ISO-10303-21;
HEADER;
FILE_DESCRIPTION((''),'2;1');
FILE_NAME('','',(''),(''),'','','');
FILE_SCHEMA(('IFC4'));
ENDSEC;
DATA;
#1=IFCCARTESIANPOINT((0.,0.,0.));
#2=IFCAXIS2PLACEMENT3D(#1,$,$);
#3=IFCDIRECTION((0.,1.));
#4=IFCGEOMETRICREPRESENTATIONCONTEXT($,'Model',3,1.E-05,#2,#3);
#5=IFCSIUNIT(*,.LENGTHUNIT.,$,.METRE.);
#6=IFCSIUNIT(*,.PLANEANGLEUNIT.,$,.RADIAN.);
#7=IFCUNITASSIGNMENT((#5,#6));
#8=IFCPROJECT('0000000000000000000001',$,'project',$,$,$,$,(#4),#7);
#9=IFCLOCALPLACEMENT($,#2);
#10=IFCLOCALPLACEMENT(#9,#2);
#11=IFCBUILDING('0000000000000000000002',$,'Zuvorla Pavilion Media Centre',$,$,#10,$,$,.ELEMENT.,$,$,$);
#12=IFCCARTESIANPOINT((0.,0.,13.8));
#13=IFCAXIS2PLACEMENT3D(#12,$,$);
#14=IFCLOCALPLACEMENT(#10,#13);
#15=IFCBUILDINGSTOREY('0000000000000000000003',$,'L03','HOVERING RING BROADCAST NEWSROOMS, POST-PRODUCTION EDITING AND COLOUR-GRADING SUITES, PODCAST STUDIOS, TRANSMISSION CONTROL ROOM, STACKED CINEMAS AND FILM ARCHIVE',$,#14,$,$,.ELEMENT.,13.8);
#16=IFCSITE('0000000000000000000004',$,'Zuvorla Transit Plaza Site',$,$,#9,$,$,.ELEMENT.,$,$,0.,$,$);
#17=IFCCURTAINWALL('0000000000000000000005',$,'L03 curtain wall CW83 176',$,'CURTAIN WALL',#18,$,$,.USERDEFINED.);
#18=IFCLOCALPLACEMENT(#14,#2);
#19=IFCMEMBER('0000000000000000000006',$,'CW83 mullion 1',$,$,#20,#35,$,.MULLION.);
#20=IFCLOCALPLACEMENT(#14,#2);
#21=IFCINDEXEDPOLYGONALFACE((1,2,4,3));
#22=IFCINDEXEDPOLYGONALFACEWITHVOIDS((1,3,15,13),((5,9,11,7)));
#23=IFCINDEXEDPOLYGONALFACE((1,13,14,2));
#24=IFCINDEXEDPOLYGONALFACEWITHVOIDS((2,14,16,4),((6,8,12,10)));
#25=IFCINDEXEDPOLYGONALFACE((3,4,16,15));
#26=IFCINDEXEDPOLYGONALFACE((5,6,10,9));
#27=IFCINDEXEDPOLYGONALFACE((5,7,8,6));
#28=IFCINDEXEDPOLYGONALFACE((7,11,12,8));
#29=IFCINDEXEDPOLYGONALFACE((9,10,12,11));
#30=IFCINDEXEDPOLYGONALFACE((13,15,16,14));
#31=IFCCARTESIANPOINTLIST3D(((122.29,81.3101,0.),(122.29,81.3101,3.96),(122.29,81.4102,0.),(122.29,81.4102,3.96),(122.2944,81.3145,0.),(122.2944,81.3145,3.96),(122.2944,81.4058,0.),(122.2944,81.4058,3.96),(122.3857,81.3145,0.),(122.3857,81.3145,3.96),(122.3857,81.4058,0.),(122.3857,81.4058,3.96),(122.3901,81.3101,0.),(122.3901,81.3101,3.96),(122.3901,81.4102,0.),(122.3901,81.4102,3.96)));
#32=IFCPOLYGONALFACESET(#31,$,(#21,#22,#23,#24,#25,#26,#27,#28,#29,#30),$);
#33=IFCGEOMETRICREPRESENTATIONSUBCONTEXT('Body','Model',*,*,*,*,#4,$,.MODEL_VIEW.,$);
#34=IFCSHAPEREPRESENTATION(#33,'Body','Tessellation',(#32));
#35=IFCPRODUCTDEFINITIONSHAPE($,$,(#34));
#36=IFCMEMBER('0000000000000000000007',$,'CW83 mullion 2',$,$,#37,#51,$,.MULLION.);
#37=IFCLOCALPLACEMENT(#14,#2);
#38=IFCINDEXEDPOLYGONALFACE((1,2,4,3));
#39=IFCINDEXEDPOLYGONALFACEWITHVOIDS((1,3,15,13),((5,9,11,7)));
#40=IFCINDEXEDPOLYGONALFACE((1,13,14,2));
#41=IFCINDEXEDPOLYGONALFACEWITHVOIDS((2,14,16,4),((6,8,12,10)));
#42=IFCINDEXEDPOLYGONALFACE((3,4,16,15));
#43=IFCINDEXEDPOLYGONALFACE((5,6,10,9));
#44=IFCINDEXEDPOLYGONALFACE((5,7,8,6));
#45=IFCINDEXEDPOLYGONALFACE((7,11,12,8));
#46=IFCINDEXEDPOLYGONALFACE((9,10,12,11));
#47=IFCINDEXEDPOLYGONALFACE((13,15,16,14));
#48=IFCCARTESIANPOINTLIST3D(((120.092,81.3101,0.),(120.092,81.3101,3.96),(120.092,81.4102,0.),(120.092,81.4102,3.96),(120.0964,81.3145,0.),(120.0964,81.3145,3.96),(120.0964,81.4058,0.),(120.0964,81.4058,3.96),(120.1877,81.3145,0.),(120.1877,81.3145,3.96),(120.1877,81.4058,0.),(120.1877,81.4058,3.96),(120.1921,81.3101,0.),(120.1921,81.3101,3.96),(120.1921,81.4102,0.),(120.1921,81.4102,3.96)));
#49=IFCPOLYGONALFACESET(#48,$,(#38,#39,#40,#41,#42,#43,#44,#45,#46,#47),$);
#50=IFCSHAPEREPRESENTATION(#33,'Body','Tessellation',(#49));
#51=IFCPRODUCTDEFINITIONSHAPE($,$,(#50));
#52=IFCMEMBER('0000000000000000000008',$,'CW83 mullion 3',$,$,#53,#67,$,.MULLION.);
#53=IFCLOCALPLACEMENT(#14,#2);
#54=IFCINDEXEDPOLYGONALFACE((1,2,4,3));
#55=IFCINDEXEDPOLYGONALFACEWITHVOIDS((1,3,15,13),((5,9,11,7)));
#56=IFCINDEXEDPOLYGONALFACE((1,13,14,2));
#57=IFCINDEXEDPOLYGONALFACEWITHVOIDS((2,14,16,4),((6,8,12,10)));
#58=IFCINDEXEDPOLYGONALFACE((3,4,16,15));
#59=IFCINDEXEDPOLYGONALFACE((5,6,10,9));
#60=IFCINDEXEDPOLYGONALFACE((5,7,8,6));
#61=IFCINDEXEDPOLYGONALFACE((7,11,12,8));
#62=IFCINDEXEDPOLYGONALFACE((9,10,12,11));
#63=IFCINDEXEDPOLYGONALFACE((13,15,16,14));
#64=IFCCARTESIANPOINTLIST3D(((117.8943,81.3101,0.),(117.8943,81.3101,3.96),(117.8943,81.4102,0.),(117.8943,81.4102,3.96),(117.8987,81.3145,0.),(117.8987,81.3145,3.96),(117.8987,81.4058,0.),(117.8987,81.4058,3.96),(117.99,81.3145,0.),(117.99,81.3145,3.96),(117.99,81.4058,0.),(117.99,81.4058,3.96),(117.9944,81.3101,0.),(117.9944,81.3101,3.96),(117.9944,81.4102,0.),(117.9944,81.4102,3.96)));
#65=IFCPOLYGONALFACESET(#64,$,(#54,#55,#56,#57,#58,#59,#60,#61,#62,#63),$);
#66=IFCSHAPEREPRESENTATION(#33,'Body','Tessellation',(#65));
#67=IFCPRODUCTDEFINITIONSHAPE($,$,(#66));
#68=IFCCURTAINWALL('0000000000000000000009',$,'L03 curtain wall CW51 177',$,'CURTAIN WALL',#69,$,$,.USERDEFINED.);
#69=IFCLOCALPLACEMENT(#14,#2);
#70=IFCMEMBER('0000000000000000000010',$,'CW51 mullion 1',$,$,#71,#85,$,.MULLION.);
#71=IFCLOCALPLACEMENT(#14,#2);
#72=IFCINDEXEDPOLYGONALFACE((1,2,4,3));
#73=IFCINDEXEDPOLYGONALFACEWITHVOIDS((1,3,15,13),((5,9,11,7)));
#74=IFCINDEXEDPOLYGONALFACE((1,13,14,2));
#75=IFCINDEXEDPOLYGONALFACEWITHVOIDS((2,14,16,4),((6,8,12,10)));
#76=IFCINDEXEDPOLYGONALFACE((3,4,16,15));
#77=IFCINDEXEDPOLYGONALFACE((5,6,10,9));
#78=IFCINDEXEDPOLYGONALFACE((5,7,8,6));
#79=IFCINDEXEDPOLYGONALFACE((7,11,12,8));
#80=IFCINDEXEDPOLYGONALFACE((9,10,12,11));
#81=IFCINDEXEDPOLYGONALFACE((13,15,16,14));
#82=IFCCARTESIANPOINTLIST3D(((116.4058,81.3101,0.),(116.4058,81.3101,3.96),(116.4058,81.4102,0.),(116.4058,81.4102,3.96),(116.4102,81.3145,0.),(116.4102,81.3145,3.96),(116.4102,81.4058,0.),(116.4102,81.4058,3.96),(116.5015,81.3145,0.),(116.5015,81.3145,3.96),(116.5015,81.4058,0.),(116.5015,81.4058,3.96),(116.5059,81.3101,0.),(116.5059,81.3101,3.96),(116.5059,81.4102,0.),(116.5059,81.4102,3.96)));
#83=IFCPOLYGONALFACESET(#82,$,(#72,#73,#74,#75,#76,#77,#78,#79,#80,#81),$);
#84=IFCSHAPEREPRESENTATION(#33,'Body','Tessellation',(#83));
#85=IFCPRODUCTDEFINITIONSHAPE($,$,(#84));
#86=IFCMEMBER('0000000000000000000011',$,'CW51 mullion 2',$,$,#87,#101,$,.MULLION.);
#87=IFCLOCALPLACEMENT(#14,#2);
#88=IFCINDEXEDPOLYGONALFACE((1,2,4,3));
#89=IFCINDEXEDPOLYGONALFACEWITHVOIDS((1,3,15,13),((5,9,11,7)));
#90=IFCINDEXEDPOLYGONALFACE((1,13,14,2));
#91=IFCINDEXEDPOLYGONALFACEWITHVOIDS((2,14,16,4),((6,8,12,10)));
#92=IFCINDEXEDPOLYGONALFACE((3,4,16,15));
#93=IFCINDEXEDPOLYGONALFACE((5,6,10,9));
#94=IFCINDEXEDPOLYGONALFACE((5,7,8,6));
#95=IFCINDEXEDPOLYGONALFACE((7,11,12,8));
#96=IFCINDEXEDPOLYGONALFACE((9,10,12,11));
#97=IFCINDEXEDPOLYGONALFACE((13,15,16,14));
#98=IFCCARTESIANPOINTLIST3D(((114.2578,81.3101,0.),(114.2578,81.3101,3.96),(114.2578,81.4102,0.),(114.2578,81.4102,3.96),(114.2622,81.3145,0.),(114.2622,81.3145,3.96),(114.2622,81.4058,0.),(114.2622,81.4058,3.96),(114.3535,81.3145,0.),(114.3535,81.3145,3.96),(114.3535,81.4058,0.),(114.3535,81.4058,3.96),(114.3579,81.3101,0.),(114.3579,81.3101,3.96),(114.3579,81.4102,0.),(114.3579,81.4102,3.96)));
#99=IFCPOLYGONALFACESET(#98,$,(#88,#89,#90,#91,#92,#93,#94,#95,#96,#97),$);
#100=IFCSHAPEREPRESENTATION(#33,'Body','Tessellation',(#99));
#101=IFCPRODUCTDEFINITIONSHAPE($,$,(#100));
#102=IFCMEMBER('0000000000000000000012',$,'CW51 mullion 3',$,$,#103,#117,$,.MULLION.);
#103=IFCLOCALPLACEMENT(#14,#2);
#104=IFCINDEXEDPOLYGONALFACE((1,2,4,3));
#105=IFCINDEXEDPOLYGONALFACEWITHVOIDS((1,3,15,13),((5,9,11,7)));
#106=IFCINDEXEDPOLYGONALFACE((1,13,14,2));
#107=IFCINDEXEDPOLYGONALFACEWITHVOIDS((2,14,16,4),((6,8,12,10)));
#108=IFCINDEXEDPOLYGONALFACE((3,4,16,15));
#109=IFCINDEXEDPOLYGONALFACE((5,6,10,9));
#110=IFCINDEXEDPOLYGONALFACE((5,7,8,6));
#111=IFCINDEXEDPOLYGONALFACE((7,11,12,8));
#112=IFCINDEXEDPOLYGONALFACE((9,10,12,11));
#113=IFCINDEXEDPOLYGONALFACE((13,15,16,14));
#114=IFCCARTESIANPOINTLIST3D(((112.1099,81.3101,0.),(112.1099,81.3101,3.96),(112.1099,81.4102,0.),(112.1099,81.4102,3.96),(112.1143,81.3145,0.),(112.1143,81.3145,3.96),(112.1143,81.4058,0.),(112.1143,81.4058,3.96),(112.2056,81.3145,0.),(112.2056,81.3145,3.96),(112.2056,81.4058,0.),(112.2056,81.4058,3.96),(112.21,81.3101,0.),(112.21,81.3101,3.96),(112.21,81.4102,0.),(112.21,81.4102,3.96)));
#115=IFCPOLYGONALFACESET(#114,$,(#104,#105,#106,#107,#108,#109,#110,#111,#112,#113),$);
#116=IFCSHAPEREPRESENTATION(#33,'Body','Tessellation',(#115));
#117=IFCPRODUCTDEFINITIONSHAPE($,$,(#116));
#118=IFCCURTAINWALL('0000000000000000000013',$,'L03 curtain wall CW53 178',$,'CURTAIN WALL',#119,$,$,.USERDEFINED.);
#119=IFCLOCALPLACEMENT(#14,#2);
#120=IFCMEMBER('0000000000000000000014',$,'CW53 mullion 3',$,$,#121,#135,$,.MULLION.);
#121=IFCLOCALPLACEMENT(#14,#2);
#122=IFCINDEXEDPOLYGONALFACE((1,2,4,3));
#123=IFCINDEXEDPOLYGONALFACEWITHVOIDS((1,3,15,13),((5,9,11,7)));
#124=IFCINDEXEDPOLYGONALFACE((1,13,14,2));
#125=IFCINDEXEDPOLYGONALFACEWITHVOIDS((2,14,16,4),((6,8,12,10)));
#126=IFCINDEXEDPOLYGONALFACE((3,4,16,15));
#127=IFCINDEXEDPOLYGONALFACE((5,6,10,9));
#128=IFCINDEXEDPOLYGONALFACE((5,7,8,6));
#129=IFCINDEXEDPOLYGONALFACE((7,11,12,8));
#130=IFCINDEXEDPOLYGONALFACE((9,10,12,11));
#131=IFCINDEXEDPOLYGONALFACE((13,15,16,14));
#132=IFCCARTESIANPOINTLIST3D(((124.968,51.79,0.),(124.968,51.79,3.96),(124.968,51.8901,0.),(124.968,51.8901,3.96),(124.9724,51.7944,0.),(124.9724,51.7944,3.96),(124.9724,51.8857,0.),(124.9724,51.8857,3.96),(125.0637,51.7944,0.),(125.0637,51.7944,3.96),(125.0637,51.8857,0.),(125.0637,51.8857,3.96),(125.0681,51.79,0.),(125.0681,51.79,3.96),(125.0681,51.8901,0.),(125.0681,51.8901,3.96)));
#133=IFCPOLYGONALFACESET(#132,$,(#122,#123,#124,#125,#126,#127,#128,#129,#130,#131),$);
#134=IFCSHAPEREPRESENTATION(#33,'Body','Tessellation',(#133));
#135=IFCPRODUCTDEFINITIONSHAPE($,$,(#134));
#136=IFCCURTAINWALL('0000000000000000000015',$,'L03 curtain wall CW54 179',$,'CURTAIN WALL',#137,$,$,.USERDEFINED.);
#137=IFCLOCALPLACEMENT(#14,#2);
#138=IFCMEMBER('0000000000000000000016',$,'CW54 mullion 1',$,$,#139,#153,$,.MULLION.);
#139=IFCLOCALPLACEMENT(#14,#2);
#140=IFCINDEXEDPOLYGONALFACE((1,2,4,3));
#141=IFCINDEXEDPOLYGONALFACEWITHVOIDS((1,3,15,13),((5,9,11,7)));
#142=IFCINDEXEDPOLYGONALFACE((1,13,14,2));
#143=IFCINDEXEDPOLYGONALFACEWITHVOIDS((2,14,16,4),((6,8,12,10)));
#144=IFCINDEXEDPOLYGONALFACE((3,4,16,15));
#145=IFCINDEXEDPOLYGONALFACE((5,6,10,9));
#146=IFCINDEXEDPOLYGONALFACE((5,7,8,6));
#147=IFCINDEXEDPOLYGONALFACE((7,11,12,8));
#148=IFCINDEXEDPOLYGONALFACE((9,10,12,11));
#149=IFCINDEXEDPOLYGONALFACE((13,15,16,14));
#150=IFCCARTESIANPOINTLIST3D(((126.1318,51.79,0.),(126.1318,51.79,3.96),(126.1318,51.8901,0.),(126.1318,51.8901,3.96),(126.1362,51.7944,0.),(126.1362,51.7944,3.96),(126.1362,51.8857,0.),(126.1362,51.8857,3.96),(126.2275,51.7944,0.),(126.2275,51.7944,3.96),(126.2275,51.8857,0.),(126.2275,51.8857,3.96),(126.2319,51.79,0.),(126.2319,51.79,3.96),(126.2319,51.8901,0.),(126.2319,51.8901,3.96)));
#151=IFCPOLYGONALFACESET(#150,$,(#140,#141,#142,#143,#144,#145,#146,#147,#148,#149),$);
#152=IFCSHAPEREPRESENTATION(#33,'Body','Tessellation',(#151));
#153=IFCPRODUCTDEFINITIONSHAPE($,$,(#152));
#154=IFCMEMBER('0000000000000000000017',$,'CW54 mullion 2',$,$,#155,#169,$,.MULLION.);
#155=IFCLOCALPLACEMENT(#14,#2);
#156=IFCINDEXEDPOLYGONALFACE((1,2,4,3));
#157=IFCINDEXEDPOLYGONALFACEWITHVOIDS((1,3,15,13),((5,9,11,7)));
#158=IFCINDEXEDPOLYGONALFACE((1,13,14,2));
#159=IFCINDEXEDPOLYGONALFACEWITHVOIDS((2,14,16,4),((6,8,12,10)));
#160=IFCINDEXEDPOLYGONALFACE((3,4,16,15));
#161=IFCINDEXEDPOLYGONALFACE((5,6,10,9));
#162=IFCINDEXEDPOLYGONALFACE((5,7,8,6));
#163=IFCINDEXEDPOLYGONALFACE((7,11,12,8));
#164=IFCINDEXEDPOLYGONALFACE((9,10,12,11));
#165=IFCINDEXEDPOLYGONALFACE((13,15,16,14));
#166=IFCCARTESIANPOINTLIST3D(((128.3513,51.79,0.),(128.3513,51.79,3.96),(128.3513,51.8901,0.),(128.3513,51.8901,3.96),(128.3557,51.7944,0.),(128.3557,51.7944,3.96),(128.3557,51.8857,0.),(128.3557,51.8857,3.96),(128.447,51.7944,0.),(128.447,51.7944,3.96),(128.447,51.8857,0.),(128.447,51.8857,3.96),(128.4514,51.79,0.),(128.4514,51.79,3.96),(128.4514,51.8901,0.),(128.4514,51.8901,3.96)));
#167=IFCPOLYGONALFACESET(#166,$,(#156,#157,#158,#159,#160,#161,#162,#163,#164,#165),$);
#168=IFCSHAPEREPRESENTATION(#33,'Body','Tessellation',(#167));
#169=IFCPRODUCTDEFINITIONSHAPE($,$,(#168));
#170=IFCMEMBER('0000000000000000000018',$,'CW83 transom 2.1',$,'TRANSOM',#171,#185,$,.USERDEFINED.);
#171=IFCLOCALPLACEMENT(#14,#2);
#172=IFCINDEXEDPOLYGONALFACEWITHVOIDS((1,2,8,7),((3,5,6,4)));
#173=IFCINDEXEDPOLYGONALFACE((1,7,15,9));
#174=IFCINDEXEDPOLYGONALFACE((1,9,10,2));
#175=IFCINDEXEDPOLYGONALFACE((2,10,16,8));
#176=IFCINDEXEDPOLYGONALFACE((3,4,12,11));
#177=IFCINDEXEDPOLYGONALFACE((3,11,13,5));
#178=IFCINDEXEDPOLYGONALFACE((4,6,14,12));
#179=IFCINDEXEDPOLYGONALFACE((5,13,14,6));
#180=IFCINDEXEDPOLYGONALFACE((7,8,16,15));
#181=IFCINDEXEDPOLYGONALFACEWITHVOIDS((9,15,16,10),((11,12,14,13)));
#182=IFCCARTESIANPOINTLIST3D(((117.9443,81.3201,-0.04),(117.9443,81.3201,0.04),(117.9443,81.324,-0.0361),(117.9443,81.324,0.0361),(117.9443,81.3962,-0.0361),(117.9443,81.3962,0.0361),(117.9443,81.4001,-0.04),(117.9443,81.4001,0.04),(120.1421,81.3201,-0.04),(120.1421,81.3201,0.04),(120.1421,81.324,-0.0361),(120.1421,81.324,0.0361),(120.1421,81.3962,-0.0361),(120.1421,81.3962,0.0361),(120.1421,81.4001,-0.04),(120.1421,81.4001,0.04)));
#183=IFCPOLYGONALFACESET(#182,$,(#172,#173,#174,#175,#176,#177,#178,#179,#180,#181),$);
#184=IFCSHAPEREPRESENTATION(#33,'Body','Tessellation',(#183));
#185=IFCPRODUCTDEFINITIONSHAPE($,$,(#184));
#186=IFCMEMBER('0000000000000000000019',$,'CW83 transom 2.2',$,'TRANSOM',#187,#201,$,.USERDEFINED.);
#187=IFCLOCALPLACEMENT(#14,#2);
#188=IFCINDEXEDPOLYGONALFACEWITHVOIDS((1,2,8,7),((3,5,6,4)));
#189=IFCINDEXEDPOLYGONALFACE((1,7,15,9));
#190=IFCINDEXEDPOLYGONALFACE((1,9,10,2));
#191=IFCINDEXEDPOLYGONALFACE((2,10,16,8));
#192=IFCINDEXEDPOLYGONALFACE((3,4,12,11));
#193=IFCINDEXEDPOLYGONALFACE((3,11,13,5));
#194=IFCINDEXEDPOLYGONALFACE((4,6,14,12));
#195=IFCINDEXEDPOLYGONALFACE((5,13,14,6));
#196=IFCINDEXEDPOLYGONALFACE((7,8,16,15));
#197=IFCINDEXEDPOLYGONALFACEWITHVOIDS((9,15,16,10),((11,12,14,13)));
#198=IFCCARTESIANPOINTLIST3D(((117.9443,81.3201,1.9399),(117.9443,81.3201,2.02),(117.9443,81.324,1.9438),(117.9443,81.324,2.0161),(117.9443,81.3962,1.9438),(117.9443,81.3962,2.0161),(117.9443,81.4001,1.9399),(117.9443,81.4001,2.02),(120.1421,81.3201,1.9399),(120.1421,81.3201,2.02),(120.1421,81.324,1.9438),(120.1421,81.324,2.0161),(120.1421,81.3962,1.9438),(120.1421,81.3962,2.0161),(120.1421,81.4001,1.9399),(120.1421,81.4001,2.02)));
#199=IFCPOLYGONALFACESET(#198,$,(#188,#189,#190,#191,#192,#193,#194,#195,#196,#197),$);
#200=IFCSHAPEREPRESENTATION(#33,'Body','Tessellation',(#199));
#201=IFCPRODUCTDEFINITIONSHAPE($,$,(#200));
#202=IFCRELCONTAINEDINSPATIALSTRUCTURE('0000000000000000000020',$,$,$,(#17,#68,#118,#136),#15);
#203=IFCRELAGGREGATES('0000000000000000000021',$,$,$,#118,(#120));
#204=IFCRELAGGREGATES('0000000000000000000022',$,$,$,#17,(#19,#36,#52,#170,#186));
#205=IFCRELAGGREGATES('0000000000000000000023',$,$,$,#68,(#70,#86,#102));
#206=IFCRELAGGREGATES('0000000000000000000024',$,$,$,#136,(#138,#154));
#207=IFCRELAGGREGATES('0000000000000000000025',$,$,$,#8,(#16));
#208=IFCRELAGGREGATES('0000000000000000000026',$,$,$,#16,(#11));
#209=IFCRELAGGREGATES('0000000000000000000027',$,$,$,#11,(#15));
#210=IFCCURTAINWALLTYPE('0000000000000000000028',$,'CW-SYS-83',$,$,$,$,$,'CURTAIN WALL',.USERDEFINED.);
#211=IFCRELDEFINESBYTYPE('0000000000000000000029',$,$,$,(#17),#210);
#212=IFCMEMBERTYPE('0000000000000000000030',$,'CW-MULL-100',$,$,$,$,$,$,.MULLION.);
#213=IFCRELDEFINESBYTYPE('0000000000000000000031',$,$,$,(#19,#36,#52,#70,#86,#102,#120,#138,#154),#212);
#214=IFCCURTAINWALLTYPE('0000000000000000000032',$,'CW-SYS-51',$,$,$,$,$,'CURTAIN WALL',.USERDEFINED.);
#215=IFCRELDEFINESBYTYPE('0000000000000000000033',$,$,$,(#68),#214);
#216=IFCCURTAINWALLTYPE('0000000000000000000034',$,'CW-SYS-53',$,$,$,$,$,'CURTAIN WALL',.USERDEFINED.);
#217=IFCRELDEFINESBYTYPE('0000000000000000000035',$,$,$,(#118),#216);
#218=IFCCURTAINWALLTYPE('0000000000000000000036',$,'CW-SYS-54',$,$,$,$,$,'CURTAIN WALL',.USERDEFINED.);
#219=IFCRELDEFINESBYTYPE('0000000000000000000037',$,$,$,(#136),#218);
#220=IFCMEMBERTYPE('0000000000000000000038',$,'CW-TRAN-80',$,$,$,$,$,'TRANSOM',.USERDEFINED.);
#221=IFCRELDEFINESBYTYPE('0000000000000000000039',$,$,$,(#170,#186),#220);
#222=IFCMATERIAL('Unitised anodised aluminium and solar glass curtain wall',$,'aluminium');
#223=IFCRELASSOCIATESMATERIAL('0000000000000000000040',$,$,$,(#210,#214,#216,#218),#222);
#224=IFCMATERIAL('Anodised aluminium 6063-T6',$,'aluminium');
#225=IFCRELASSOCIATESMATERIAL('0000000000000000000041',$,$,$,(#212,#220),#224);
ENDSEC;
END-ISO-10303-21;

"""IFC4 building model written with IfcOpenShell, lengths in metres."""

from ifc_helpers import new_model, si_unit, direction, frame, origin, origin_2d, place, context, subcontext, project, spatial, hollow_rectangle, extrude, material, material_profile, profile_set, type_object, element, aggregate, save


model = new_model("IFC4")

# Units and contexts
model_context = context("Model", 3, precision=1e-05, world=origin(), true_north=direction((0.0, 1.0)))
body_context = subcontext(model_context, "Body", "Model", "MODEL_VIEW")
ifc_project = project(units=[si_unit("LENGTHUNIT", "METRE"), si_unit("PLANEANGLEUNIT", "RADIAN")], contexts=[model_context])

# Site, building, storey
site_placement = place(None, origin())
site = spatial("IfcSite", under=ifc_project, at=site_placement, Name="Zuvorla Transit Plaza Site", CompositionType="ELEMENT", RefElevation=0.0)
building_placement = place(site_placement, origin())
building = spatial("IfcBuilding", under=site, at=building_placement, Name="Zuvorla Pavilion Media Centre", CompositionType="ELEMENT")
storey_placement = place(building_placement, frame((0.0, 0.0, 13.8)))
storey = spatial("IfcBuildingStorey", under=building, at=storey_placement, Name="L03", Description="HOVERING RING BROADCAST NEWSROOMS, POST-PRODUCTION EDITING AND COLOUR-GRADING SUITES, PODCAST STUDIOS, TRANSMISSION CONTROL ROOM, STACKED CINEMAS AND FILM ARCHIVE", CompositionType="ELEMENT", Elevation=13.8)

# Curtain walls, members
ifc_material_1 = material(Name="Unitised anodised aluminium and solar glass curtain wall", Category="aluminium")
curtain_wall_type_1 = type_object("IfcCurtainWallType", Name="CW-SYS-83", ElementType="CURTAIN WALL", PredefinedType="USERDEFINED", material=ifc_material_1)
curtain_wall_1_placement = place(storey_placement, origin())
curtain_wall_1 = element("IfcCurtainWall", 1, at=curtain_wall_1_placement, inside=storey, type_object=curtain_wall_type_1, Name="L03 curtain wall CW83 176", ObjectType="CURTAIN WALL", PredefinedType="USERDEFINED")
ifc_material_2 = material(Name="Anodised aluminium 6063-T6", Category="aluminium")
ifc_material_profile_1 = material_profile(ifc_material_2, hollow_rectangle(XDim=0.1001, YDim=0.1001, WallThickness=0.0044, at=origin_2d()), Name="ALU MULL 100x100")
ifc_profile_set_1 = profile_set([ifc_material_profile_1], Name="Anodised aluminium 6063-T6")
member_type_1 = type_object("IfcMemberType", Name="CW-MULL-100", PredefinedType="MULLION", material=ifc_profile_set_1)
member_1_placement = place(storey_placement, frame((122.3401, 81.3601, 0.0), z_axis=(0.0, 0.0, 1.0), x_axis=(1.0, 0.0, 0.0)))
member_1 = element("IfcMember", 2, at=member_1_placement, type_object=member_type_1, Name="CW83 mullion 1", PredefinedType="MULLION", context=body_context, shape_type="SweptSolid", body=[
    extrude(hollow_rectangle(XDim=0.1001, YDim=0.1001, WallThickness=0.0044, at=origin_2d()), origin(), (0.0, 0.0, 1.0), 3.96),
])
member_2_placement = place(storey_placement, frame((120.1421, 81.3601, 0.0), z_axis=(0.0, 0.0, 1.0), x_axis=(1.0, 0.0, 0.0)))
member_2 = element("IfcMember", 3, at=member_2_placement, type_object=member_type_1, Name="CW83 mullion 2", PredefinedType="MULLION", context=body_context, shape_type="SweptSolid", body=[
    extrude(hollow_rectangle(XDim=0.1001, YDim=0.1001, WallThickness=0.0044, at=origin_2d()), origin(), (0.0, 0.0, 1.0), 3.96),
])
member_3_placement = place(storey_placement, frame((117.9443, 81.3601, 0.0), z_axis=(0.0, 0.0, 1.0), x_axis=(1.0, 0.0, 0.0)))
member_3 = element("IfcMember", 4, at=member_3_placement, type_object=member_type_1, Name="CW83 mullion 3", PredefinedType="MULLION", context=body_context, shape_type="SweptSolid", body=[
    extrude(hollow_rectangle(XDim=0.1001, YDim=0.1001, WallThickness=0.0044, at=origin_2d()), origin(), (0.0, 0.0, 1.0), 3.96),
])
curtain_wall_type_2 = type_object("IfcCurtainWallType", Name="CW-SYS-51", ElementType="CURTAIN WALL", PredefinedType="USERDEFINED", material=ifc_material_1)
curtain_wall_2_placement = place(storey_placement, origin())
curtain_wall_2 = element("IfcCurtainWall", 5, at=curtain_wall_2_placement, inside=storey, type_object=curtain_wall_type_2, Name="L03 curtain wall CW51 177", ObjectType="CURTAIN WALL", PredefinedType="USERDEFINED")
member_4_placement = place(storey_placement, frame((116.4558, 81.3601, 0.0), z_axis=(0.0, 0.0, 1.0), x_axis=(1.0, 0.0, 0.0)))
member_4 = element("IfcMember", 6, at=member_4_placement, type_object=member_type_1, Name="CW51 mullion 1", PredefinedType="MULLION", context=body_context, shape_type="SweptSolid", body=[
    extrude(hollow_rectangle(XDim=0.1001, YDim=0.1001, WallThickness=0.0044, at=origin_2d()), origin(), (0.0, 0.0, 1.0), 3.96),
])
member_5_placement = place(storey_placement, frame((114.3079, 81.3601, 0.0), z_axis=(0.0, 0.0, 1.0), x_axis=(1.0, 0.0, 0.0)))
member_5 = element("IfcMember", 7, at=member_5_placement, type_object=member_type_1, Name="CW51 mullion 2", PredefinedType="MULLION", context=body_context, shape_type="SweptSolid", body=[
    extrude(hollow_rectangle(XDim=0.1001, YDim=0.1001, WallThickness=0.0044, at=origin_2d()), origin(), (0.0, 0.0, 1.0), 3.96),
])
member_6_placement = place(storey_placement, frame((112.1599, 81.3601, 0.0), z_axis=(0.0, 0.0, 1.0), x_axis=(1.0, 0.0, 0.0)))
member_6 = element("IfcMember", 8, at=member_6_placement, type_object=member_type_1, Name="CW51 mullion 3", PredefinedType="MULLION", context=body_context, shape_type="SweptSolid", body=[
    extrude(hollow_rectangle(XDim=0.1001, YDim=0.1001, WallThickness=0.0044, at=origin_2d()), origin(), (0.0, 0.0, 1.0), 3.96),
])

# Curtain wall, member
curtain_wall_type_3 = type_object("IfcCurtainWallType", Name="CW-SYS-53", ElementType="CURTAIN WALL", PredefinedType="USERDEFINED", material=ifc_material_1)
curtain_wall_3_placement = place(storey_placement, origin())
curtain_wall_3 = element("IfcCurtainWall", 9, at=curtain_wall_3_placement, inside=storey, type_object=curtain_wall_type_3, Name="L03 curtain wall CW53 178", ObjectType="CURTAIN WALL", PredefinedType="USERDEFINED")
member_7_placement = place(storey_placement, frame((125.0181, 51.8401, 0.0), z_axis=(0.0, 0.0, 1.0), x_axis=(1.0, 0.0, 0.0)))
member_7 = element("IfcMember", 10, at=member_7_placement, type_object=member_type_1, Name="CW53 mullion 3", PredefinedType="MULLION", context=body_context, shape_type="SweptSolid", body=[
    extrude(hollow_rectangle(XDim=0.1001, YDim=0.1001, WallThickness=0.0044, at=origin_2d()), origin(), (0.0, 0.0, 1.0), 3.96),
])
aggregate(curtain_wall_3, [member_7])

# Curtain wall, members
curtain_wall_type_4 = type_object("IfcCurtainWallType", Name="CW-SYS-54", ElementType="CURTAIN WALL", PredefinedType="USERDEFINED", material=ifc_material_1)
curtain_wall_4_placement = place(storey_placement, origin())
curtain_wall_4 = element("IfcCurtainWall", 11, at=curtain_wall_4_placement, inside=storey, type_object=curtain_wall_type_4, Name="L03 curtain wall CW54 179", ObjectType="CURTAIN WALL", PredefinedType="USERDEFINED")
member_8_placement = place(storey_placement, frame((126.1819, 51.8401, 0.0), z_axis=(0.0, 0.0, 1.0), x_axis=(1.0, 0.0, 0.0)))
member_8 = element("IfcMember", 12, at=member_8_placement, type_object=member_type_1, Name="CW54 mullion 1", PredefinedType="MULLION", context=body_context, shape_type="SweptSolid", body=[
    extrude(hollow_rectangle(XDim=0.1001, YDim=0.1001, WallThickness=0.0044, at=origin_2d()), origin(), (0.0, 0.0, 1.0), 3.96),
])
member_9_placement = place(storey_placement, frame((128.4014, 51.8401, 0.0), z_axis=(0.0, 0.0, 1.0), x_axis=(1.0, 0.0, 0.0)))
member_9 = element("IfcMember", 13, at=member_9_placement, type_object=member_type_1, Name="CW54 mullion 2", PredefinedType="MULLION", context=body_context, shape_type="SweptSolid", body=[
    extrude(hollow_rectangle(XDim=0.1001, YDim=0.1001, WallThickness=0.0044, at=origin_2d()), origin(), (0.0, 0.0, 1.0), 3.96),
])

# Members
ifc_material_profile_2 = material_profile(ifc_material_2, hollow_rectangle(XDim=0.0801, YDim=0.0801, WallThickness=0.0039, at=origin_2d()), Name="ALU TRAN 80x80")
ifc_profile_set_2 = profile_set([ifc_material_profile_2], Name="Anodised aluminium 6063-T6")
member_type_2 = type_object("IfcMemberType", Name="CW-TRAN-80", ElementType="TRANSOM", PredefinedType="USERDEFINED", material=ifc_profile_set_2)
member_10_placement = place(storey_placement, frame((120.1421, 81.3601, 0.0), z_axis=(-1.0, 0.0, 0.0), x_axis=(0.0, -1.0, 0.0)))
member_10 = element("IfcMember", 14, at=member_10_placement, type_object=member_type_2, Name="CW83 transom 2.1", ObjectType="TRANSOM", PredefinedType="USERDEFINED", context=body_context, shape_type="SweptSolid", body=[
    extrude(hollow_rectangle(XDim=0.0801, YDim=0.0801, WallThickness=0.0039, at=origin_2d()), origin(), (0.0, 0.0, 1.0), 2.1978),
])
member_11_placement = place(storey_placement, frame((120.1421, 81.3601, 1.98), z_axis=(-1.0, 0.0, 0.0), x_axis=(0.0, -1.0, 0.0)))
member_11 = element("IfcMember", 15, at=member_11_placement, type_object=member_type_2, Name="CW83 transom 2.2", ObjectType="TRANSOM", PredefinedType="USERDEFINED", context=body_context, shape_type="SweptSolid", body=[
    extrude(hollow_rectangle(XDim=0.0801, YDim=0.0801, WallThickness=0.0039, at=origin_2d()), origin(), (0.0, 0.0, 1.0), 2.1978),
])

aggregate(curtain_wall_1, [member_1, member_2, member_3, member_10, member_11])
aggregate(curtain_wall_2, [member_4, member_5, member_6])
aggregate(curtain_wall_4, [member_8, member_9])

save(model, "model.ifc")
